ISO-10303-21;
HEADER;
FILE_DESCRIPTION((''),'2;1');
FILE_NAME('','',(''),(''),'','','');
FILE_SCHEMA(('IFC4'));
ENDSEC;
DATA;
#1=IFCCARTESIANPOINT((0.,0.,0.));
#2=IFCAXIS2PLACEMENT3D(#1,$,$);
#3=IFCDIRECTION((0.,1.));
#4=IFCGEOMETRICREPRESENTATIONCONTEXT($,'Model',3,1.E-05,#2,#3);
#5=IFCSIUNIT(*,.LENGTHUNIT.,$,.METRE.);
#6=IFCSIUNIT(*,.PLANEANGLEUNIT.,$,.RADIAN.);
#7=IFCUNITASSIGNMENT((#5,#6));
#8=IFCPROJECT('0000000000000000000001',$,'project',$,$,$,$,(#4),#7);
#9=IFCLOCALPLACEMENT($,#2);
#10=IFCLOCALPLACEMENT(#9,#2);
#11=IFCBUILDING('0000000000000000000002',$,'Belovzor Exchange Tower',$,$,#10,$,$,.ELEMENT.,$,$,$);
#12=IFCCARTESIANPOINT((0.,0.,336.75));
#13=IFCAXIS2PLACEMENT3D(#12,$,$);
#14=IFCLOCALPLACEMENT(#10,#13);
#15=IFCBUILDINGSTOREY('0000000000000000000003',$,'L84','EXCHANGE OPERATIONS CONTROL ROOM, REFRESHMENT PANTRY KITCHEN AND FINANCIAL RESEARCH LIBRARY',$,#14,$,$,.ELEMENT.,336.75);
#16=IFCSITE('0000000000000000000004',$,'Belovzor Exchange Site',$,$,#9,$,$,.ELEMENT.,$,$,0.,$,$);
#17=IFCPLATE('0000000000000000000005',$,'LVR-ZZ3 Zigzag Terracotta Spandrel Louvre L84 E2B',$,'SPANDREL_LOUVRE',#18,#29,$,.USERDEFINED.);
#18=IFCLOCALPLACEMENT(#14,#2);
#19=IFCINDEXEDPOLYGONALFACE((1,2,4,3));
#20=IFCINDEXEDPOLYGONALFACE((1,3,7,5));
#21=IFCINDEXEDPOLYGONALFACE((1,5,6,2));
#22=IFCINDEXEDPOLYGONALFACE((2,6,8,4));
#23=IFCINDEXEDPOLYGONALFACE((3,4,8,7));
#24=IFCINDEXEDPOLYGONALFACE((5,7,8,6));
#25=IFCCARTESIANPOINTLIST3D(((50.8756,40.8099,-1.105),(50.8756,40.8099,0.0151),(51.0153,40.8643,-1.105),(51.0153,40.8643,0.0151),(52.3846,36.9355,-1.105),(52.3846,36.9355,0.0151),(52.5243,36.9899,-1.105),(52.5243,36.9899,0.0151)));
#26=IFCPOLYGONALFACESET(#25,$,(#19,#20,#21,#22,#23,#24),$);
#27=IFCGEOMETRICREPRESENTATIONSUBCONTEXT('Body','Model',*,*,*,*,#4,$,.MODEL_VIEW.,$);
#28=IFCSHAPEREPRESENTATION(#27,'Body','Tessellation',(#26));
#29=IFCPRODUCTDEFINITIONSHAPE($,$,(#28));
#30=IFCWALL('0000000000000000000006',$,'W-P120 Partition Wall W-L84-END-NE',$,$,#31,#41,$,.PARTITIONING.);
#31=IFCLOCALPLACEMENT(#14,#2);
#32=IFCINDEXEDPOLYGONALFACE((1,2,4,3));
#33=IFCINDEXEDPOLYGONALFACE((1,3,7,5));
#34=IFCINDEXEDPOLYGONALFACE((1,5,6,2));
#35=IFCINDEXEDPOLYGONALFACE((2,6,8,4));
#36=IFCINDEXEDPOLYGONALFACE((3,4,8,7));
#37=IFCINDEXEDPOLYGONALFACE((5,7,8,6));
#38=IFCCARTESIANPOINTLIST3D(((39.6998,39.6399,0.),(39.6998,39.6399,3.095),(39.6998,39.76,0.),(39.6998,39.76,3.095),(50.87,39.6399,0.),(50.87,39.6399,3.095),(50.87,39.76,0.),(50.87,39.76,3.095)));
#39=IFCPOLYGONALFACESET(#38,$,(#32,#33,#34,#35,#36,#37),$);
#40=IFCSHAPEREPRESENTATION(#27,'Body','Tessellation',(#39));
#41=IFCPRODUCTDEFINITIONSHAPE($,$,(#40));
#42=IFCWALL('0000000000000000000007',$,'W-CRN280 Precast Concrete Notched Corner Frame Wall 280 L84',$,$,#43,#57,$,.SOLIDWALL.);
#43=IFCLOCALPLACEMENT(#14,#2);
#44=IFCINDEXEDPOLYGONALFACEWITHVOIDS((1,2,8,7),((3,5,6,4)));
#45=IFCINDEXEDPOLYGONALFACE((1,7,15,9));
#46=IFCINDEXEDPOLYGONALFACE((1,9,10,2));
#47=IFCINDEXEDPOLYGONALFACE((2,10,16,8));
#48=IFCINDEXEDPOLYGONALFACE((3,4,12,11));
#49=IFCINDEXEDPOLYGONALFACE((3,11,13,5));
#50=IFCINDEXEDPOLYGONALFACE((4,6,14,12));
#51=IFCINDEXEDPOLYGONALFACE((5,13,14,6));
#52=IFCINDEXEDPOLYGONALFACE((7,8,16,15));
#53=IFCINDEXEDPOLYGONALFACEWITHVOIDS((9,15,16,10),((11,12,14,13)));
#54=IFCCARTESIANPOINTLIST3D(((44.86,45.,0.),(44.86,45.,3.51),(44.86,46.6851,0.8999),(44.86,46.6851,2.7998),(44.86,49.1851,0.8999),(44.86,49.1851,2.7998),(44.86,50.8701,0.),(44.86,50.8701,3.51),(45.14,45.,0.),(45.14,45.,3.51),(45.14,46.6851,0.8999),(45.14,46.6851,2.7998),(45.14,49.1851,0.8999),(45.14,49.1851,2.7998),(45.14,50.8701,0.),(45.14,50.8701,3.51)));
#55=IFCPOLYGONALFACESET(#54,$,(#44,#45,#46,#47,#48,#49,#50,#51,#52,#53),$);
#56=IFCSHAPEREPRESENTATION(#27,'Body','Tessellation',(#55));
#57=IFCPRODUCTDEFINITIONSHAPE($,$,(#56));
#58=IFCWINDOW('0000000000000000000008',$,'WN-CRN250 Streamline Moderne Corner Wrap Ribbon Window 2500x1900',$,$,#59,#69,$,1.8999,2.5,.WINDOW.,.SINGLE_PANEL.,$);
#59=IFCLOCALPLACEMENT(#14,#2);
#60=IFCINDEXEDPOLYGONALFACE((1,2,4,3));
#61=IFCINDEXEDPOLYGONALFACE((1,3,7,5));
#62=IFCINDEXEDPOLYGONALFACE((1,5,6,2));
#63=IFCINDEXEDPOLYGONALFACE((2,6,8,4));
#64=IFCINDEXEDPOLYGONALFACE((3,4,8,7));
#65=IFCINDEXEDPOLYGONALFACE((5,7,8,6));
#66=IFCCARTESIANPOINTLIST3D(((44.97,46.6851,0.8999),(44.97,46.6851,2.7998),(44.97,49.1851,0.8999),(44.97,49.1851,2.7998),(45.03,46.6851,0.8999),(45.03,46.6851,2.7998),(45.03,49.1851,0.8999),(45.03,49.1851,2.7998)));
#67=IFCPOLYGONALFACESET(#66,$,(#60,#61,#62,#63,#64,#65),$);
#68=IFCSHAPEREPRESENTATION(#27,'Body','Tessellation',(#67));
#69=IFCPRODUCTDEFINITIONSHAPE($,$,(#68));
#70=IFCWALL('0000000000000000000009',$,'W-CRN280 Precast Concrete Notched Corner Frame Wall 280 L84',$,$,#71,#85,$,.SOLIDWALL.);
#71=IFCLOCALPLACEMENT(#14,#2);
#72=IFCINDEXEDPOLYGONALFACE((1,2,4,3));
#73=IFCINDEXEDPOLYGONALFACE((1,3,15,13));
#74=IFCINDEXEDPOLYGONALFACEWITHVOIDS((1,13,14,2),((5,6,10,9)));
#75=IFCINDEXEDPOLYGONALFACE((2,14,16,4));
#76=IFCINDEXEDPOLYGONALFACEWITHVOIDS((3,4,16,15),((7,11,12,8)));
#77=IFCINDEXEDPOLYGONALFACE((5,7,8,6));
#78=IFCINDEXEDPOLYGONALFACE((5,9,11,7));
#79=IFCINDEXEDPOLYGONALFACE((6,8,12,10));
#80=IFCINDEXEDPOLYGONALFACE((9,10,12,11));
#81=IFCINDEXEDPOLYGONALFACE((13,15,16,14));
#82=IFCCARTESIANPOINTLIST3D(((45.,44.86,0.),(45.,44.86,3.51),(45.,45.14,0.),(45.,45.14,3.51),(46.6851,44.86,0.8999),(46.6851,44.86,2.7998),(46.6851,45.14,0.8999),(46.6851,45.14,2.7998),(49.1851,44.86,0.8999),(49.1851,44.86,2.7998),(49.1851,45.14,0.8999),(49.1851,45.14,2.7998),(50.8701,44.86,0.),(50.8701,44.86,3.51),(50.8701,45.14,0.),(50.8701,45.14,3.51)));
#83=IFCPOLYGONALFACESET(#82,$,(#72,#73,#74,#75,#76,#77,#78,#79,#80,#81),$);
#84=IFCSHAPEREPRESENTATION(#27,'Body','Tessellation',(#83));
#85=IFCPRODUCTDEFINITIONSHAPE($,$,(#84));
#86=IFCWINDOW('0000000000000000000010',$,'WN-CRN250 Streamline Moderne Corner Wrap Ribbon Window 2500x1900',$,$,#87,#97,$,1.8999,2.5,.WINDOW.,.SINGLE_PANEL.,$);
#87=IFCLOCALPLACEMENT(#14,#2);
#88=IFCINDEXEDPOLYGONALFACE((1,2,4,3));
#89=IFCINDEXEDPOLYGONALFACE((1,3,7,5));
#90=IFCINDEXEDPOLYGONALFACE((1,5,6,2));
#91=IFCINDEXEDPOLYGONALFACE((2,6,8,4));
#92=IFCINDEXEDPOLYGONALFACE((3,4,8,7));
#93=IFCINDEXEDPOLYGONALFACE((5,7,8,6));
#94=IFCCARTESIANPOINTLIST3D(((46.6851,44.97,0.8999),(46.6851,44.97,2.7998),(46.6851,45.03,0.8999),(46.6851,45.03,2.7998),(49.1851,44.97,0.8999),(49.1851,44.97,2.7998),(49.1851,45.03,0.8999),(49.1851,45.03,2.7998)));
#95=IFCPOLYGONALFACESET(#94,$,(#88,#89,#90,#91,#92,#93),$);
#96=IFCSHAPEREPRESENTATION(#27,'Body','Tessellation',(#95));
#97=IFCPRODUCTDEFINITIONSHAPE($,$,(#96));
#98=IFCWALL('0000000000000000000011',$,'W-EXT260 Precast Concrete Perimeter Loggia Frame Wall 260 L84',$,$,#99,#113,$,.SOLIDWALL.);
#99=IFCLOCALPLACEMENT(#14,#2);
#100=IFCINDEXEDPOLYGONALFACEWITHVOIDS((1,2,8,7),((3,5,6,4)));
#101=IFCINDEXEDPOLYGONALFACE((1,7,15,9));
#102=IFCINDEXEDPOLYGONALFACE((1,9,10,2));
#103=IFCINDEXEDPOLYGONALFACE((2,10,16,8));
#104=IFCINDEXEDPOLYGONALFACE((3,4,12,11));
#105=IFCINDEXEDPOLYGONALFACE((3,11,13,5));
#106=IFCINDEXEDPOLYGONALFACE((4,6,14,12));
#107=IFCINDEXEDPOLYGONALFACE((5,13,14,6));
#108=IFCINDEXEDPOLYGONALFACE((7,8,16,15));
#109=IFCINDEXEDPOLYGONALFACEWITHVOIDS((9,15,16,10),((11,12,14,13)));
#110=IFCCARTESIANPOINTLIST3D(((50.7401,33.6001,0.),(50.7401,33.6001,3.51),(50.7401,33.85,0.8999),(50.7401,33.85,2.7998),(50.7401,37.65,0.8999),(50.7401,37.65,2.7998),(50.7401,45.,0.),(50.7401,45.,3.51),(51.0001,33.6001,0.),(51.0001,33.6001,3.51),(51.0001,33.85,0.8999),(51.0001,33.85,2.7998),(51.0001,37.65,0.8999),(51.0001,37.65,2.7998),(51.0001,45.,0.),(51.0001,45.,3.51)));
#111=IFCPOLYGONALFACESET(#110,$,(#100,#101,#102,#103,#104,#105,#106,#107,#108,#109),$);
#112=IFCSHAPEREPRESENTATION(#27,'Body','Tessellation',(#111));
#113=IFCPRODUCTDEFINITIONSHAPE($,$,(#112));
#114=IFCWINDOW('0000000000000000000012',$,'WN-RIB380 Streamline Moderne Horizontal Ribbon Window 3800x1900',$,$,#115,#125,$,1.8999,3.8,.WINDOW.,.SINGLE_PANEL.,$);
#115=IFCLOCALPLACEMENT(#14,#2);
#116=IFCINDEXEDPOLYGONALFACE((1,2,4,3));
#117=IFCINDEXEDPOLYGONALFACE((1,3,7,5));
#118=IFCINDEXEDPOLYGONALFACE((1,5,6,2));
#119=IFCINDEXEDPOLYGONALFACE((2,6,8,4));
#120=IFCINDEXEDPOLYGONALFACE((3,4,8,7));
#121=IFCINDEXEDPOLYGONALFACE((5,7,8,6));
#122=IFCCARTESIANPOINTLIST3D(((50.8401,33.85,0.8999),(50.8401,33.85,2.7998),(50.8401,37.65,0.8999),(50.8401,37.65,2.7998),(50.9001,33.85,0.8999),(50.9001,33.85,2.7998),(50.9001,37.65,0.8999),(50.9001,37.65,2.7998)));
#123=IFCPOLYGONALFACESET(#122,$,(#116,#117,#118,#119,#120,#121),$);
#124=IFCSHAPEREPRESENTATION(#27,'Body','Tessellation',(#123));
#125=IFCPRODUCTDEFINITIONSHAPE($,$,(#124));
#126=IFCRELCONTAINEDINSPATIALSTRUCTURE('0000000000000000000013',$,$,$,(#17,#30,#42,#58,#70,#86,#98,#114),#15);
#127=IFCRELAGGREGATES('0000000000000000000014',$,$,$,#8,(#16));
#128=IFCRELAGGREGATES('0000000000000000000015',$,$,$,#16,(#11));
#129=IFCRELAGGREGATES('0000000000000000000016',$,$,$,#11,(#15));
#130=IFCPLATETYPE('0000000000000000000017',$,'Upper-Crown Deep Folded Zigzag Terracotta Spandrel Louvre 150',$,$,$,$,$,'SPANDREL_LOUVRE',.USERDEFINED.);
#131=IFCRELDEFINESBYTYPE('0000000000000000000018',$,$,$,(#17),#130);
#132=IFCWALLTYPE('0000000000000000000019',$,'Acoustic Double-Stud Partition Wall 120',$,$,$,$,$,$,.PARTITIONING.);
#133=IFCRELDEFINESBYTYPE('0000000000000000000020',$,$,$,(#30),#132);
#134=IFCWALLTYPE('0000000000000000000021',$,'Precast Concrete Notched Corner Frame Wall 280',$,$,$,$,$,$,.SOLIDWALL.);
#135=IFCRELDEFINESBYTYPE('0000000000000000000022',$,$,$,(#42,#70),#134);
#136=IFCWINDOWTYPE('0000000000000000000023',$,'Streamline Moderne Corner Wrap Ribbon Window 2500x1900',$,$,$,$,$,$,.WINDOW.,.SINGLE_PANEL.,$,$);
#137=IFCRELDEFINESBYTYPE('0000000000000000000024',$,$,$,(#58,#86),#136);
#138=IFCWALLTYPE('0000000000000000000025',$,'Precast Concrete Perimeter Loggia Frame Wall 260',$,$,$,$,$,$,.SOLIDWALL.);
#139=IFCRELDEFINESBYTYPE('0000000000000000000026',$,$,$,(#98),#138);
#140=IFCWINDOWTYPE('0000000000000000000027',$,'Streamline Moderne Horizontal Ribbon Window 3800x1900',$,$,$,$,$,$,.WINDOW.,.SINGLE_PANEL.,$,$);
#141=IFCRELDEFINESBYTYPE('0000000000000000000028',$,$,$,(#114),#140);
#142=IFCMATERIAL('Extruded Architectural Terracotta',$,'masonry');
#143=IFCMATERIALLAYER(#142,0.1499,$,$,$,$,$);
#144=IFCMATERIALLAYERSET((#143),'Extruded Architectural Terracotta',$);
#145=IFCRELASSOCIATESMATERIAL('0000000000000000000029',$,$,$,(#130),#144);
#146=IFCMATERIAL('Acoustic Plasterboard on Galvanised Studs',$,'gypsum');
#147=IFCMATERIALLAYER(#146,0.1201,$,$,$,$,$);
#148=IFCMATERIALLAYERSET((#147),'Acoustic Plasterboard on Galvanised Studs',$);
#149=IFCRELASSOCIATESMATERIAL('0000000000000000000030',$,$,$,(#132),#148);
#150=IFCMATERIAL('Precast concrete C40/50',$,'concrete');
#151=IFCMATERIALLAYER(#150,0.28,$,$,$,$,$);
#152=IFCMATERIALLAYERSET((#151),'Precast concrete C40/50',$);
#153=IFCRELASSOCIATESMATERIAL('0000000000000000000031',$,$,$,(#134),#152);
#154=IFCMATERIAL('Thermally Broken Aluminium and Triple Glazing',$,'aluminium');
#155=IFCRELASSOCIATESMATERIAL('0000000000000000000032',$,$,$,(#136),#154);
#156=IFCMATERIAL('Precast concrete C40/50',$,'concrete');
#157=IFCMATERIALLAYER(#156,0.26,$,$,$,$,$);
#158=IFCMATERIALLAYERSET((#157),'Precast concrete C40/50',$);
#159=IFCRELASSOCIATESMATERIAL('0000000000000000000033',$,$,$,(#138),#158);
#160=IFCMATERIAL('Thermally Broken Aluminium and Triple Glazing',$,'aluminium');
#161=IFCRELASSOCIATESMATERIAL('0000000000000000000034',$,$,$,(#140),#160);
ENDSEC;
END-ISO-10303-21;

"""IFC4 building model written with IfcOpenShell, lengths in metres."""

from ifc_helpers import new_model, si_unit, direction, frame, frame_2d, origin, origin_2d, place, context, subcontext, project, spatial, rectangle, extrude, material, layer, layer_set, type_object, element, fill, save


model = new_model("IFC4")

# Units and contexts
model_context = context("Model", 3, precision=1e-05, world=origin(), true_north=direction((0.0, 1.0)))
body_context = subcontext(model_context, "Body", "Model", "MODEL_VIEW")
ifc_project = project(units=[si_unit("LENGTHUNIT", "METRE"), si_unit("PLANEANGLEUNIT", "RADIAN")], contexts=[model_context])

# Site, building, storey
site_placement = place(None, origin())
site = spatial("IfcSite", under=ifc_project, at=site_placement, Name="Belovzor Exchange Site", CompositionType="ELEMENT", RefElevation=0.0)
building_placement = place(site_placement, origin())
building = spatial("IfcBuilding", under=site, at=building_placement, Name="Belovzor Exchange Tower", CompositionType="ELEMENT")
storey_placement = place(building_placement, frame((0.0, 0.0, 336.75)))
storey = spatial("IfcBuildingStorey", under=building, at=storey_placement, Name="L84", Description="EXCHANGE OPERATIONS CONTROL ROOM, REFRESHMENT PANTRY KITCHEN AND FINANCIAL RESEARCH LIBRARY", CompositionType="ELEMENT", Elevation=336.75)

# Plate
ifc_material_1 = material(Name="Extruded Architectural Terracotta", Category="masonry")
ifc_layer_1 = layer(ifc_material_1, 0.1499)
ifc_layer_set_1 = layer_set([ifc_layer_1], Name="Extruded Architectural Terracotta")
plate_type = type_object("IfcPlateType", Name="Upper-Crown Deep Folded Zigzag Terracotta Spandrel Louvre 150", ElementType="SPANDREL_LOUVRE", PredefinedType="USERDEFINED", material=ifc_layer_set_1)
plate_placement = place(storey_placement, frame((51.7, 38.8999, -1.105), z_axis=(0.0, 0.0, 1.0), x_axis=(-0.362926, 0.931818, 0.0)))
element("IfcPlate", 1, at=plate_placement, inside=storey, type_object=plate_type, Name="LVR-ZZ3 Zigzag Terracotta Spandrel Louvre L84 E2B", ObjectType="SPANDREL_LOUVRE", PredefinedType="USERDEFINED", context=body_context, shape_type="SweptSolid", body=[
    extrude(rectangle(XDim=4.158, YDim=0.1499, at=origin_2d()), origin(), (0.0, 0.0, 1.0), 1.1201),
])

# Wall
ifc_material_2 = material(Name="Acoustic Plasterboard on Galvanised Studs", Category="gypsum")
ifc_layer_2 = layer(ifc_material_2, 0.1201)
ifc_layer_set_2 = layer_set([ifc_layer_2], Name="Acoustic Plasterboard on Galvanised Studs")
wall_type_1 = type_object("IfcWallType", Name="Acoustic Double-Stud Partition Wall 120", PredefinedType="PARTITIONING", material=ifc_layer_set_2)
wall_1_placement = place(storey_placement, frame((39.7, 39.7, 0.0), z_axis=(0.0, 0.0, 1.0), x_axis=(1.0, 0.0, 0.0)))
element("IfcWall", 2, at=wall_1_placement, inside=storey, type_object=wall_type_1, Name="W-P120 Partition Wall W-L84-END-NE", PredefinedType="PARTITIONING", context=body_context, shape_type="SweptSolid", body=[
    extrude(rectangle(XDim=11.1702, YDim=0.1201, at=frame_2d((5.585, 0.0))), origin(), (0.0, 0.0, 1.0), 3.095),
])

# Walls, openings, windows
ifc_material_3 = material(Name="Precast concrete C40/50", Category="concrete")
ifc_layer_3 = layer(ifc_material_3, 0.28)
ifc_layer_set_3 = layer_set([ifc_layer_3], Name="Precast concrete C40/50")
wall_type_2 = type_object("IfcWallType", Name="Precast Concrete Notched Corner Frame Wall 280", PredefinedType="SOLIDWALL", material=ifc_layer_set_3)
wall_2_placement = place(storey_placement, frame((45.0, 50.8701, 0.0), z_axis=(0.0, 0.0, 1.0), x_axis=(0.0, -1.0, 0.0)))
wall_2 = element("IfcWall", 3, at=wall_2_placement, inside=storey, type_object=wall_type_2, Name="W-CRN280 Precast Concrete Notched Corner Frame Wall 280 L84", PredefinedType="SOLIDWALL", context=body_context, shape_type="SweptSolid", body=[
    extrude(rectangle(XDim=5.8701, YDim=0.28, at=frame_2d((2.9351, 0.0))), origin(), (0.0, 0.0, 1.0), 3.51),
])
opening_1_placement = place(wall_2_placement, frame((1.6851, 0.0, 0.8999)))
opening_1 = element("IfcOpeningElement", 4, at=opening_1_placement, cuts=wall_2, PredefinedType="OPENING", context=body_context, shape_type="SweptSolid", body=[
    extrude(rectangle(XDim=2.5, YDim=1.8999, at=frame_2d((1.25, 0.95))), frame((0.0, 0.1499, 0.0), z_axis=(0.0, -1.0, 0.0), x_axis=(1.0, 0.0, 0.0)), (0.0, 0.0, 1.0), 0.3),
])
ifc_material_4 = material(Name="Thermally Broken Aluminium and Triple Glazing", Category="aluminium")
window_type_1 = type_object("IfcWindowType", Name="Streamline Moderne Corner Wrap Ribbon Window 2500x1900", PartitioningType="SINGLE_PANEL", PredefinedType="WINDOW", material=ifc_material_4)
window_1_placement = place(opening_1_placement, origin())
window_1 = element("IfcWindow", 5, at=window_1_placement, inside=storey, type_object=window_type_1, Name="WN-CRN250 Streamline Moderne Corner Wrap Ribbon Window 2500x1900", OverallHeight=1.8999, OverallWidth=2.5, PartitioningType="SINGLE_PANEL", PredefinedType="WINDOW", context=body_context, shape_type="SweptSolid", body=[
    extrude(rectangle(XDim=2.5, YDim=1.8999, at=frame_2d((1.25, 0.95))), frame((0.0, 0.03, 0.0), z_axis=(0.0, -1.0, 0.0), x_axis=(1.0, 0.0, 0.0)), (0.0, 0.0, 1.0), 0.0601),
])
fill(opening_1, window_1)
wall_3_placement = place(storey_placement, frame((45.0, 45.0, 0.0), z_axis=(0.0, 0.0, 1.0), x_axis=(1.0, 0.0, 0.0)))
wall_3 = element("IfcWall", 6, at=wall_3_placement, inside=storey, type_object=wall_type_2, Name="W-CRN280 Precast Concrete Notched Corner Frame Wall 280 L84", PredefinedType="SOLIDWALL", context=body_context, shape_type="SweptSolid", body=[
    extrude(rectangle(XDim=5.8701, YDim=0.28, at=frame_2d((2.9351, 0.0))), origin(), (0.0, 0.0, 1.0), 3.51),
])
opening_2_placement = place(wall_3_placement, frame((1.6851, 0.0, 0.8999)))
opening_2 = element("IfcOpeningElement", 7, at=opening_2_placement, cuts=wall_3, PredefinedType="OPENING", context=body_context, shape_type="SweptSolid", body=[
    extrude(rectangle(XDim=2.5, YDim=1.8999, at=frame_2d((1.25, 0.95))), frame((0.0, 0.1499, 0.0), z_axis=(0.0, -1.0, 0.0), x_axis=(1.0, 0.0, 0.0)), (0.0, 0.0, 1.0), 0.3),
])
window_2_placement = place(opening_2_placement, origin())
window_2 = element("IfcWindow", 8, at=window_2_placement, inside=storey, type_object=window_type_1, Name="WN-CRN250 Streamline Moderne Corner Wrap Ribbon Window 2500x1900", OverallHeight=1.8999, OverallWidth=2.5, PartitioningType="SINGLE_PANEL", PredefinedType="WINDOW", context=body_context, shape_type="SweptSolid", body=[
    extrude(rectangle(XDim=2.5, YDim=1.8999, at=frame_2d((1.25, 0.95))), frame((0.0, 0.03, 0.0), z_axis=(0.0, -1.0, 0.0), x_axis=(1.0, 0.0, 0.0)), (0.0, 0.0, 1.0), 0.0601),
])
fill(opening_2, window_2)
ifc_material_5 = material(Name="Precast concrete C40/50", Category="concrete")
ifc_layer_4 = layer(ifc_material_5, 0.26)
ifc_layer_set_4 = layer_set([ifc_layer_4], Name="Precast concrete C40/50")
wall_type_3 = type_object("IfcWallType", Name="Precast Concrete Perimeter Loggia Frame Wall 260", PredefinedType="SOLIDWALL", material=ifc_layer_set_4)
wall_4_placement = place(storey_placement, frame((50.8701, 45.0, 0.0), z_axis=(0.0, 0.0, 1.0), x_axis=(0.0, -1.0, 0.0)))
wall_4 = element("IfcWall", 9, at=wall_4_placement, inside=storey, type_object=wall_type_3, Name="W-EXT260 Precast Concrete Perimeter Loggia Frame Wall 260 L84", PredefinedType="SOLIDWALL", context=body_context, shape_type="SweptSolid", body=[
    extrude(rectangle(XDim=11.3999, YDim=0.26, at=frame_2d((5.7, 0.0))), origin(), (0.0, 0.0, 1.0), 3.51),
])
opening_3_placement = place(wall_4_placement, frame((7.3501, 0.0, 0.8999)))
opening_3 = element("IfcOpeningElement", 10, at=opening_3_placement, cuts=wall_4, PredefinedType="OPENING", context=body_context, shape_type="SweptSolid", body=[
    extrude(rectangle(XDim=3.8, YDim=1.8999, at=frame_2d((1.8999, 0.95))), frame((0.0, 0.1399, 0.0), z_axis=(0.0, -1.0, 0.0), x_axis=(1.0, 0.0, 0.0)), (0.0, 0.0, 1.0), 0.28),
])
ifc_material_6 = material(Name="Thermally Broken Aluminium and Triple Glazing", Category="aluminium")
window_type_2 = type_object("IfcWindowType", Name="Streamline Moderne Horizontal Ribbon Window 3800x1900", PartitioningType="SINGLE_PANEL", PredefinedType="WINDOW", material=ifc_material_6)
window_3_placement = place(opening_3_placement, origin())
window_3 = element("IfcWindow", 11, at=window_3_placement, inside=storey, type_object=window_type_2, Name="WN-RIB380 Streamline Moderne Horizontal Ribbon Window 3800x1900", OverallHeight=1.8999, OverallWidth=3.8, PartitioningType="SINGLE_PANEL", PredefinedType="WINDOW", context=body_context, shape_type="SweptSolid", body=[
    extrude(rectangle(XDim=3.8, YDim=1.8999, at=frame_2d((1.8999, 0.95))), frame((0.0, 0.03, 0.0), z_axis=(0.0, -1.0, 0.0), x_axis=(1.0, 0.0, 0.0)), (0.0, 0.0, 1.0), 0.0601),
])
fill(opening_3, window_3)

save(model, "model.ifc")
